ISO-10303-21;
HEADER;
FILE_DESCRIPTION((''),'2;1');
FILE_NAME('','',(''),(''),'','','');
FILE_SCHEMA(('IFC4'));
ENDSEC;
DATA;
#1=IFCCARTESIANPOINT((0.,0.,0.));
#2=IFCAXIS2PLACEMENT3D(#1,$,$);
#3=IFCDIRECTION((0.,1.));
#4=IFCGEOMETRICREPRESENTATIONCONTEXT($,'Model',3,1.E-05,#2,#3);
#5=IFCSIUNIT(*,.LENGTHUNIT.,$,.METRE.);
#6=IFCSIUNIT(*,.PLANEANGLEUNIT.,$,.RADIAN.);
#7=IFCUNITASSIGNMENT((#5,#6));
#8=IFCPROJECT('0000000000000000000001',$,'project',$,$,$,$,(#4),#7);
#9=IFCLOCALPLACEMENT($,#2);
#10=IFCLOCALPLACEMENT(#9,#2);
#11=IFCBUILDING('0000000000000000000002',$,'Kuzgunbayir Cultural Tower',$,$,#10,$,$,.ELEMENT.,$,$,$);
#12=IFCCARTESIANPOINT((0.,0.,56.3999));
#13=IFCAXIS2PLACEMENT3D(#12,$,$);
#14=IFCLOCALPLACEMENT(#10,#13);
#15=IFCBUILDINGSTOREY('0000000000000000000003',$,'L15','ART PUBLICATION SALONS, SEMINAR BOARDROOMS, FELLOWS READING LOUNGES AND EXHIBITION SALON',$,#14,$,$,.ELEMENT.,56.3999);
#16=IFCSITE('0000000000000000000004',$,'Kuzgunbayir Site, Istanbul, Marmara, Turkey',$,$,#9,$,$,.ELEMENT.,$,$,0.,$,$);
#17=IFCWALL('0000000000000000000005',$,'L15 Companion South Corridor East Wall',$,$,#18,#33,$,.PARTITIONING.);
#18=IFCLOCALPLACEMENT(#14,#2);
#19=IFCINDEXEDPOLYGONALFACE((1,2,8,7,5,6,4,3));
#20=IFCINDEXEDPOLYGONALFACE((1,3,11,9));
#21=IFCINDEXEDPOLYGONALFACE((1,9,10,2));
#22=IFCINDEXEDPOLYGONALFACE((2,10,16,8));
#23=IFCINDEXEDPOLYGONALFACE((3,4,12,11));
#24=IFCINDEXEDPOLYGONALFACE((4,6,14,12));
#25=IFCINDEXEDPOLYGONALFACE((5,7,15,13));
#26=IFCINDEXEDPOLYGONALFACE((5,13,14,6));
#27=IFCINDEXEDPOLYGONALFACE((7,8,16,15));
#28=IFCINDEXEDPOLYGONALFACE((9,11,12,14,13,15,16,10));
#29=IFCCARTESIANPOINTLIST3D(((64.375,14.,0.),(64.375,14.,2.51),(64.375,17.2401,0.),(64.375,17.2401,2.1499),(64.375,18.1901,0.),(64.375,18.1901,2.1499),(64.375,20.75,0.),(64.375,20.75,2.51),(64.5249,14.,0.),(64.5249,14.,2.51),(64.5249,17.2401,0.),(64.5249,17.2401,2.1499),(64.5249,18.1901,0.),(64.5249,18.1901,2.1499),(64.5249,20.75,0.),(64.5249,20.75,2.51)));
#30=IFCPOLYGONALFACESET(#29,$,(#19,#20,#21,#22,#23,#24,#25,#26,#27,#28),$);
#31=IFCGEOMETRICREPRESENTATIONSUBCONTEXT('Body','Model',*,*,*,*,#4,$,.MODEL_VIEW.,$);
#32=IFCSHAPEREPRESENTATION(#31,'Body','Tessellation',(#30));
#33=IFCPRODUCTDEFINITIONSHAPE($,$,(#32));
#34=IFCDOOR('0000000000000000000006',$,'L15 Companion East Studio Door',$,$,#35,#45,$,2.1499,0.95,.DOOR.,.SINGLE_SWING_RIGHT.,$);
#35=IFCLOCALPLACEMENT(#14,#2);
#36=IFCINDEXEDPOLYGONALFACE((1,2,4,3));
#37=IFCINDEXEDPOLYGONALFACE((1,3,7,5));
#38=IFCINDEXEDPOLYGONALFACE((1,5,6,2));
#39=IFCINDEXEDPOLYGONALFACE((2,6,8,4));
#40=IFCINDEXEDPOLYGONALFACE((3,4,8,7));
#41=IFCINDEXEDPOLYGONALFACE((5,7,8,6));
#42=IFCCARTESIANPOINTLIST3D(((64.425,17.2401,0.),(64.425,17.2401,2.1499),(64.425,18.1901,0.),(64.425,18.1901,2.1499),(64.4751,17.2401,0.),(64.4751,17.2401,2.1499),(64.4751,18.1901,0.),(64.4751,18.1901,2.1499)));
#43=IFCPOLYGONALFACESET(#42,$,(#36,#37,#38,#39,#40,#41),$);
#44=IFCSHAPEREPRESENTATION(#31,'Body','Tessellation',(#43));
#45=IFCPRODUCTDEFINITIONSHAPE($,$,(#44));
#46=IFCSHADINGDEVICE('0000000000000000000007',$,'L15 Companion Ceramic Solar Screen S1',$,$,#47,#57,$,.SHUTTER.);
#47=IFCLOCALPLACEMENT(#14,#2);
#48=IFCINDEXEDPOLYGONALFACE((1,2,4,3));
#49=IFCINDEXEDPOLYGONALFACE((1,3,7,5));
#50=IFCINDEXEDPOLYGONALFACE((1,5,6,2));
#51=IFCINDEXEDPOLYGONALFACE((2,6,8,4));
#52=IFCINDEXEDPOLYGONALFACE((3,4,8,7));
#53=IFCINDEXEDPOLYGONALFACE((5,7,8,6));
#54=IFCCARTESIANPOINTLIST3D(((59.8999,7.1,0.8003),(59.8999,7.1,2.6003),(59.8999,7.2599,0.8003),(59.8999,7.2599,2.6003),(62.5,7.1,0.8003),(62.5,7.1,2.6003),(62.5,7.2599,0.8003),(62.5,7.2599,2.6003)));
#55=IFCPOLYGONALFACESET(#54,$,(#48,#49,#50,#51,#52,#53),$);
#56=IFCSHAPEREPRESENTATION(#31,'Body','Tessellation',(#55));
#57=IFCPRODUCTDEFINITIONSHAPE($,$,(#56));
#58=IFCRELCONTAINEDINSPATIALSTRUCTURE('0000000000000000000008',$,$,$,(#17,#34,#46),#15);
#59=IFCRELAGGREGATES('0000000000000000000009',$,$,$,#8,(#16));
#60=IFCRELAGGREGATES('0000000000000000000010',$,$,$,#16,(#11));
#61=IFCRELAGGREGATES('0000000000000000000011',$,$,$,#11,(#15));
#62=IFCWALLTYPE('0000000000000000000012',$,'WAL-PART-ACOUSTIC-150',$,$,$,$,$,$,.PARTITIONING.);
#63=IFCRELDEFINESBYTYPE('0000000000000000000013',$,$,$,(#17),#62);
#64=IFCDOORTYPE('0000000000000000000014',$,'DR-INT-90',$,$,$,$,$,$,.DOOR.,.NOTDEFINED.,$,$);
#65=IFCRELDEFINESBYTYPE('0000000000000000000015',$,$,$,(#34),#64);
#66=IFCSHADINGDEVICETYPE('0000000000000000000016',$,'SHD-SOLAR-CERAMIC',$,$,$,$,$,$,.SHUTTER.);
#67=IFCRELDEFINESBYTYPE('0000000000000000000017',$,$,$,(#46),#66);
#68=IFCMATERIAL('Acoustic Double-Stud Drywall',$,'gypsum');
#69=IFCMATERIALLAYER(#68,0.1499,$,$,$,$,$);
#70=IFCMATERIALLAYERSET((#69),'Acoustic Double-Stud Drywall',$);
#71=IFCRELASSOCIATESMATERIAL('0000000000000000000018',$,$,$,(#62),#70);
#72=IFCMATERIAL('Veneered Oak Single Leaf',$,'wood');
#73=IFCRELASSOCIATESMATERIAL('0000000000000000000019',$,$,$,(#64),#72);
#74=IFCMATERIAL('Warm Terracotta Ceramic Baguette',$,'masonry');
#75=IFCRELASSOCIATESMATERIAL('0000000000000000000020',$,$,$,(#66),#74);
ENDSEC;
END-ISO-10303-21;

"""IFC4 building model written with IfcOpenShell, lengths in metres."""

from ifc_helpers import new_model, si_unit, direction, frame, frame_2d, origin, origin_2d, place, context, subcontext, project, spatial, rectangle, extrude, material, layer, layer_set, type_object, element, fill, save


model = new_model("IFC4")

# Units and contexts
model_context = context("Model", 3, precision=1e-05, world=origin(), true_north=direction((0.0, 1.0)))
body_context = subcontext(model_context, "Body", "Model", "MODEL_VIEW")
ifc_project = project(units=[si_unit("LENGTHUNIT", "METRE"), si_unit("PLANEANGLEUNIT", "RADIAN")], contexts=[model_context])

# Site, building, storey
site_placement = place(None, origin())
site = spatial("IfcSite", under=ifc_project, at=site_placement, Name="Kuzgunbayir Site, Istanbul, Marmara, Turkey", CompositionType="ELEMENT", RefElevation=0.0)
building_placement = place(site_placement, origin())
building = spatial("IfcBuilding", under=site, at=building_placement, Name="Kuzgunbayir Cultural Tower", CompositionType="ELEMENT")
storey_placement = place(building_placement, frame((0.0, 0.0, 56.3999)))
storey = spatial("IfcBuildingStorey", under=building, at=storey_placement, Name="L15", Description="ART PUBLICATION SALONS, SEMINAR BOARDROOMS, FELLOWS READING LOUNGES AND EXHIBITION SALON", CompositionType="ELEMENT", Elevation=56.3999)

# Shared definitions
ifc_material_1 = material(Name="Acoustic Double-Stud Drywall", Category="gypsum")
ifc_layer_1 = layer(ifc_material_1, 0.1499)
ifc_layer_set_1 = layer_set([ifc_layer_1], Name="Acoustic Double-Stud Drywall")
wall_type_1 = type_object("IfcWallType", Name="WAL-PART-ACOUSTIC-150", PredefinedType="PARTITIONING", material=ifc_layer_set_1)
ifc_material_2 = material(Name="Veneered Oak Single Leaf", Category="wood")
door_type_1 = type_object("IfcDoorType", Name="DR-INT-90", OperationType="NOTDEFINED", PredefinedType="DOOR", material=ifc_material_2)

# Wall, opening, door
wall_1_placement = place(storey_placement, frame((64.45, 14.0, 0.0), z_axis=(0.0, 0.0, 1.0), x_axis=(0.0, 1.0, 0.0)))
wall_1 = element("IfcWall", 1, at=wall_1_placement, inside=storey, type_object=wall_type_1, Name="L15 Companion South Corridor East Wall", PredefinedType="PARTITIONING", context=body_context, shape_type="SweptSolid", body=[
    extrude(rectangle(XDim=6.75, YDim=0.1499, at=frame_2d((3.375, 0.0))), origin(), (0.0, 0.0, 1.0), 2.51),
])
opening_1_placement = place(wall_1_placement, frame((3.24, 0.0, 0.0)))
opening_1 = element("IfcOpeningElement", 2, at=opening_1_placement, cuts=wall_1, PredefinedType="OPENING", context=body_context, shape_type="SweptSolid", body=[
    extrude(rectangle(XDim=0.95, YDim=2.1499, at=frame_2d((0.4751, 1.075))), frame((0.0, 0.085, 0.0), z_axis=(0.0, -1.0, 0.0), x_axis=(1.0, 0.0, 0.0)), (0.0, 0.0, 1.0), 0.1699),
])
door_1_placement = place(opening_1_placement, origin())
door_1 = element("IfcDoor", 3, at=door_1_placement, inside=storey, type_object=door_type_1, Name="L15 Companion East Studio Door", OperationType="SINGLE_SWING_RIGHT", OverallHeight=2.1499, OverallWidth=0.95, PredefinedType="DOOR", context=body_context, shape_type="SweptSolid", body=[
    extrude(rectangle(XDim=0.95, YDim=2.1499, at=frame_2d((0.4751, 1.075))), frame((0.0, 0.0249, 0.0), z_axis=(0.0, -1.0, 0.0), x_axis=(1.0, 0.0, 0.0)), (0.0, 0.0, 1.0), 0.05),
])
fill(opening_1, door_1)

# Shading device
ifc_material_3 = material(Name="Warm Terracotta Ceramic Baguette", Category="masonry")
shading_device_type = type_object("IfcShadingDeviceType", Name="SHD-SOLAR-CERAMIC", PredefinedType="SHUTTER", material=ifc_material_3)
shading_device_placement = place(storey_placement, frame((61.2, 7.1799, 0.8003), z_axis=(0.0, 0.0, 1.0), x_axis=(1.0, 0.0, 0.0)))
element("IfcShadingDevice", 4, at=shading_device_placement, inside=storey, type_object=shading_device_type, Name="L15 Companion Ceramic Solar Screen S1", PredefinedType="SHUTTER", context=body_context, shape_type="SweptSolid", body=[
    extrude(rectangle(XDim=2.6001, YDim=0.1599, at=origin_2d()), origin(), (0.0, 0.0, 1.0), 1.8),
])

save(model, "model.ifc")
